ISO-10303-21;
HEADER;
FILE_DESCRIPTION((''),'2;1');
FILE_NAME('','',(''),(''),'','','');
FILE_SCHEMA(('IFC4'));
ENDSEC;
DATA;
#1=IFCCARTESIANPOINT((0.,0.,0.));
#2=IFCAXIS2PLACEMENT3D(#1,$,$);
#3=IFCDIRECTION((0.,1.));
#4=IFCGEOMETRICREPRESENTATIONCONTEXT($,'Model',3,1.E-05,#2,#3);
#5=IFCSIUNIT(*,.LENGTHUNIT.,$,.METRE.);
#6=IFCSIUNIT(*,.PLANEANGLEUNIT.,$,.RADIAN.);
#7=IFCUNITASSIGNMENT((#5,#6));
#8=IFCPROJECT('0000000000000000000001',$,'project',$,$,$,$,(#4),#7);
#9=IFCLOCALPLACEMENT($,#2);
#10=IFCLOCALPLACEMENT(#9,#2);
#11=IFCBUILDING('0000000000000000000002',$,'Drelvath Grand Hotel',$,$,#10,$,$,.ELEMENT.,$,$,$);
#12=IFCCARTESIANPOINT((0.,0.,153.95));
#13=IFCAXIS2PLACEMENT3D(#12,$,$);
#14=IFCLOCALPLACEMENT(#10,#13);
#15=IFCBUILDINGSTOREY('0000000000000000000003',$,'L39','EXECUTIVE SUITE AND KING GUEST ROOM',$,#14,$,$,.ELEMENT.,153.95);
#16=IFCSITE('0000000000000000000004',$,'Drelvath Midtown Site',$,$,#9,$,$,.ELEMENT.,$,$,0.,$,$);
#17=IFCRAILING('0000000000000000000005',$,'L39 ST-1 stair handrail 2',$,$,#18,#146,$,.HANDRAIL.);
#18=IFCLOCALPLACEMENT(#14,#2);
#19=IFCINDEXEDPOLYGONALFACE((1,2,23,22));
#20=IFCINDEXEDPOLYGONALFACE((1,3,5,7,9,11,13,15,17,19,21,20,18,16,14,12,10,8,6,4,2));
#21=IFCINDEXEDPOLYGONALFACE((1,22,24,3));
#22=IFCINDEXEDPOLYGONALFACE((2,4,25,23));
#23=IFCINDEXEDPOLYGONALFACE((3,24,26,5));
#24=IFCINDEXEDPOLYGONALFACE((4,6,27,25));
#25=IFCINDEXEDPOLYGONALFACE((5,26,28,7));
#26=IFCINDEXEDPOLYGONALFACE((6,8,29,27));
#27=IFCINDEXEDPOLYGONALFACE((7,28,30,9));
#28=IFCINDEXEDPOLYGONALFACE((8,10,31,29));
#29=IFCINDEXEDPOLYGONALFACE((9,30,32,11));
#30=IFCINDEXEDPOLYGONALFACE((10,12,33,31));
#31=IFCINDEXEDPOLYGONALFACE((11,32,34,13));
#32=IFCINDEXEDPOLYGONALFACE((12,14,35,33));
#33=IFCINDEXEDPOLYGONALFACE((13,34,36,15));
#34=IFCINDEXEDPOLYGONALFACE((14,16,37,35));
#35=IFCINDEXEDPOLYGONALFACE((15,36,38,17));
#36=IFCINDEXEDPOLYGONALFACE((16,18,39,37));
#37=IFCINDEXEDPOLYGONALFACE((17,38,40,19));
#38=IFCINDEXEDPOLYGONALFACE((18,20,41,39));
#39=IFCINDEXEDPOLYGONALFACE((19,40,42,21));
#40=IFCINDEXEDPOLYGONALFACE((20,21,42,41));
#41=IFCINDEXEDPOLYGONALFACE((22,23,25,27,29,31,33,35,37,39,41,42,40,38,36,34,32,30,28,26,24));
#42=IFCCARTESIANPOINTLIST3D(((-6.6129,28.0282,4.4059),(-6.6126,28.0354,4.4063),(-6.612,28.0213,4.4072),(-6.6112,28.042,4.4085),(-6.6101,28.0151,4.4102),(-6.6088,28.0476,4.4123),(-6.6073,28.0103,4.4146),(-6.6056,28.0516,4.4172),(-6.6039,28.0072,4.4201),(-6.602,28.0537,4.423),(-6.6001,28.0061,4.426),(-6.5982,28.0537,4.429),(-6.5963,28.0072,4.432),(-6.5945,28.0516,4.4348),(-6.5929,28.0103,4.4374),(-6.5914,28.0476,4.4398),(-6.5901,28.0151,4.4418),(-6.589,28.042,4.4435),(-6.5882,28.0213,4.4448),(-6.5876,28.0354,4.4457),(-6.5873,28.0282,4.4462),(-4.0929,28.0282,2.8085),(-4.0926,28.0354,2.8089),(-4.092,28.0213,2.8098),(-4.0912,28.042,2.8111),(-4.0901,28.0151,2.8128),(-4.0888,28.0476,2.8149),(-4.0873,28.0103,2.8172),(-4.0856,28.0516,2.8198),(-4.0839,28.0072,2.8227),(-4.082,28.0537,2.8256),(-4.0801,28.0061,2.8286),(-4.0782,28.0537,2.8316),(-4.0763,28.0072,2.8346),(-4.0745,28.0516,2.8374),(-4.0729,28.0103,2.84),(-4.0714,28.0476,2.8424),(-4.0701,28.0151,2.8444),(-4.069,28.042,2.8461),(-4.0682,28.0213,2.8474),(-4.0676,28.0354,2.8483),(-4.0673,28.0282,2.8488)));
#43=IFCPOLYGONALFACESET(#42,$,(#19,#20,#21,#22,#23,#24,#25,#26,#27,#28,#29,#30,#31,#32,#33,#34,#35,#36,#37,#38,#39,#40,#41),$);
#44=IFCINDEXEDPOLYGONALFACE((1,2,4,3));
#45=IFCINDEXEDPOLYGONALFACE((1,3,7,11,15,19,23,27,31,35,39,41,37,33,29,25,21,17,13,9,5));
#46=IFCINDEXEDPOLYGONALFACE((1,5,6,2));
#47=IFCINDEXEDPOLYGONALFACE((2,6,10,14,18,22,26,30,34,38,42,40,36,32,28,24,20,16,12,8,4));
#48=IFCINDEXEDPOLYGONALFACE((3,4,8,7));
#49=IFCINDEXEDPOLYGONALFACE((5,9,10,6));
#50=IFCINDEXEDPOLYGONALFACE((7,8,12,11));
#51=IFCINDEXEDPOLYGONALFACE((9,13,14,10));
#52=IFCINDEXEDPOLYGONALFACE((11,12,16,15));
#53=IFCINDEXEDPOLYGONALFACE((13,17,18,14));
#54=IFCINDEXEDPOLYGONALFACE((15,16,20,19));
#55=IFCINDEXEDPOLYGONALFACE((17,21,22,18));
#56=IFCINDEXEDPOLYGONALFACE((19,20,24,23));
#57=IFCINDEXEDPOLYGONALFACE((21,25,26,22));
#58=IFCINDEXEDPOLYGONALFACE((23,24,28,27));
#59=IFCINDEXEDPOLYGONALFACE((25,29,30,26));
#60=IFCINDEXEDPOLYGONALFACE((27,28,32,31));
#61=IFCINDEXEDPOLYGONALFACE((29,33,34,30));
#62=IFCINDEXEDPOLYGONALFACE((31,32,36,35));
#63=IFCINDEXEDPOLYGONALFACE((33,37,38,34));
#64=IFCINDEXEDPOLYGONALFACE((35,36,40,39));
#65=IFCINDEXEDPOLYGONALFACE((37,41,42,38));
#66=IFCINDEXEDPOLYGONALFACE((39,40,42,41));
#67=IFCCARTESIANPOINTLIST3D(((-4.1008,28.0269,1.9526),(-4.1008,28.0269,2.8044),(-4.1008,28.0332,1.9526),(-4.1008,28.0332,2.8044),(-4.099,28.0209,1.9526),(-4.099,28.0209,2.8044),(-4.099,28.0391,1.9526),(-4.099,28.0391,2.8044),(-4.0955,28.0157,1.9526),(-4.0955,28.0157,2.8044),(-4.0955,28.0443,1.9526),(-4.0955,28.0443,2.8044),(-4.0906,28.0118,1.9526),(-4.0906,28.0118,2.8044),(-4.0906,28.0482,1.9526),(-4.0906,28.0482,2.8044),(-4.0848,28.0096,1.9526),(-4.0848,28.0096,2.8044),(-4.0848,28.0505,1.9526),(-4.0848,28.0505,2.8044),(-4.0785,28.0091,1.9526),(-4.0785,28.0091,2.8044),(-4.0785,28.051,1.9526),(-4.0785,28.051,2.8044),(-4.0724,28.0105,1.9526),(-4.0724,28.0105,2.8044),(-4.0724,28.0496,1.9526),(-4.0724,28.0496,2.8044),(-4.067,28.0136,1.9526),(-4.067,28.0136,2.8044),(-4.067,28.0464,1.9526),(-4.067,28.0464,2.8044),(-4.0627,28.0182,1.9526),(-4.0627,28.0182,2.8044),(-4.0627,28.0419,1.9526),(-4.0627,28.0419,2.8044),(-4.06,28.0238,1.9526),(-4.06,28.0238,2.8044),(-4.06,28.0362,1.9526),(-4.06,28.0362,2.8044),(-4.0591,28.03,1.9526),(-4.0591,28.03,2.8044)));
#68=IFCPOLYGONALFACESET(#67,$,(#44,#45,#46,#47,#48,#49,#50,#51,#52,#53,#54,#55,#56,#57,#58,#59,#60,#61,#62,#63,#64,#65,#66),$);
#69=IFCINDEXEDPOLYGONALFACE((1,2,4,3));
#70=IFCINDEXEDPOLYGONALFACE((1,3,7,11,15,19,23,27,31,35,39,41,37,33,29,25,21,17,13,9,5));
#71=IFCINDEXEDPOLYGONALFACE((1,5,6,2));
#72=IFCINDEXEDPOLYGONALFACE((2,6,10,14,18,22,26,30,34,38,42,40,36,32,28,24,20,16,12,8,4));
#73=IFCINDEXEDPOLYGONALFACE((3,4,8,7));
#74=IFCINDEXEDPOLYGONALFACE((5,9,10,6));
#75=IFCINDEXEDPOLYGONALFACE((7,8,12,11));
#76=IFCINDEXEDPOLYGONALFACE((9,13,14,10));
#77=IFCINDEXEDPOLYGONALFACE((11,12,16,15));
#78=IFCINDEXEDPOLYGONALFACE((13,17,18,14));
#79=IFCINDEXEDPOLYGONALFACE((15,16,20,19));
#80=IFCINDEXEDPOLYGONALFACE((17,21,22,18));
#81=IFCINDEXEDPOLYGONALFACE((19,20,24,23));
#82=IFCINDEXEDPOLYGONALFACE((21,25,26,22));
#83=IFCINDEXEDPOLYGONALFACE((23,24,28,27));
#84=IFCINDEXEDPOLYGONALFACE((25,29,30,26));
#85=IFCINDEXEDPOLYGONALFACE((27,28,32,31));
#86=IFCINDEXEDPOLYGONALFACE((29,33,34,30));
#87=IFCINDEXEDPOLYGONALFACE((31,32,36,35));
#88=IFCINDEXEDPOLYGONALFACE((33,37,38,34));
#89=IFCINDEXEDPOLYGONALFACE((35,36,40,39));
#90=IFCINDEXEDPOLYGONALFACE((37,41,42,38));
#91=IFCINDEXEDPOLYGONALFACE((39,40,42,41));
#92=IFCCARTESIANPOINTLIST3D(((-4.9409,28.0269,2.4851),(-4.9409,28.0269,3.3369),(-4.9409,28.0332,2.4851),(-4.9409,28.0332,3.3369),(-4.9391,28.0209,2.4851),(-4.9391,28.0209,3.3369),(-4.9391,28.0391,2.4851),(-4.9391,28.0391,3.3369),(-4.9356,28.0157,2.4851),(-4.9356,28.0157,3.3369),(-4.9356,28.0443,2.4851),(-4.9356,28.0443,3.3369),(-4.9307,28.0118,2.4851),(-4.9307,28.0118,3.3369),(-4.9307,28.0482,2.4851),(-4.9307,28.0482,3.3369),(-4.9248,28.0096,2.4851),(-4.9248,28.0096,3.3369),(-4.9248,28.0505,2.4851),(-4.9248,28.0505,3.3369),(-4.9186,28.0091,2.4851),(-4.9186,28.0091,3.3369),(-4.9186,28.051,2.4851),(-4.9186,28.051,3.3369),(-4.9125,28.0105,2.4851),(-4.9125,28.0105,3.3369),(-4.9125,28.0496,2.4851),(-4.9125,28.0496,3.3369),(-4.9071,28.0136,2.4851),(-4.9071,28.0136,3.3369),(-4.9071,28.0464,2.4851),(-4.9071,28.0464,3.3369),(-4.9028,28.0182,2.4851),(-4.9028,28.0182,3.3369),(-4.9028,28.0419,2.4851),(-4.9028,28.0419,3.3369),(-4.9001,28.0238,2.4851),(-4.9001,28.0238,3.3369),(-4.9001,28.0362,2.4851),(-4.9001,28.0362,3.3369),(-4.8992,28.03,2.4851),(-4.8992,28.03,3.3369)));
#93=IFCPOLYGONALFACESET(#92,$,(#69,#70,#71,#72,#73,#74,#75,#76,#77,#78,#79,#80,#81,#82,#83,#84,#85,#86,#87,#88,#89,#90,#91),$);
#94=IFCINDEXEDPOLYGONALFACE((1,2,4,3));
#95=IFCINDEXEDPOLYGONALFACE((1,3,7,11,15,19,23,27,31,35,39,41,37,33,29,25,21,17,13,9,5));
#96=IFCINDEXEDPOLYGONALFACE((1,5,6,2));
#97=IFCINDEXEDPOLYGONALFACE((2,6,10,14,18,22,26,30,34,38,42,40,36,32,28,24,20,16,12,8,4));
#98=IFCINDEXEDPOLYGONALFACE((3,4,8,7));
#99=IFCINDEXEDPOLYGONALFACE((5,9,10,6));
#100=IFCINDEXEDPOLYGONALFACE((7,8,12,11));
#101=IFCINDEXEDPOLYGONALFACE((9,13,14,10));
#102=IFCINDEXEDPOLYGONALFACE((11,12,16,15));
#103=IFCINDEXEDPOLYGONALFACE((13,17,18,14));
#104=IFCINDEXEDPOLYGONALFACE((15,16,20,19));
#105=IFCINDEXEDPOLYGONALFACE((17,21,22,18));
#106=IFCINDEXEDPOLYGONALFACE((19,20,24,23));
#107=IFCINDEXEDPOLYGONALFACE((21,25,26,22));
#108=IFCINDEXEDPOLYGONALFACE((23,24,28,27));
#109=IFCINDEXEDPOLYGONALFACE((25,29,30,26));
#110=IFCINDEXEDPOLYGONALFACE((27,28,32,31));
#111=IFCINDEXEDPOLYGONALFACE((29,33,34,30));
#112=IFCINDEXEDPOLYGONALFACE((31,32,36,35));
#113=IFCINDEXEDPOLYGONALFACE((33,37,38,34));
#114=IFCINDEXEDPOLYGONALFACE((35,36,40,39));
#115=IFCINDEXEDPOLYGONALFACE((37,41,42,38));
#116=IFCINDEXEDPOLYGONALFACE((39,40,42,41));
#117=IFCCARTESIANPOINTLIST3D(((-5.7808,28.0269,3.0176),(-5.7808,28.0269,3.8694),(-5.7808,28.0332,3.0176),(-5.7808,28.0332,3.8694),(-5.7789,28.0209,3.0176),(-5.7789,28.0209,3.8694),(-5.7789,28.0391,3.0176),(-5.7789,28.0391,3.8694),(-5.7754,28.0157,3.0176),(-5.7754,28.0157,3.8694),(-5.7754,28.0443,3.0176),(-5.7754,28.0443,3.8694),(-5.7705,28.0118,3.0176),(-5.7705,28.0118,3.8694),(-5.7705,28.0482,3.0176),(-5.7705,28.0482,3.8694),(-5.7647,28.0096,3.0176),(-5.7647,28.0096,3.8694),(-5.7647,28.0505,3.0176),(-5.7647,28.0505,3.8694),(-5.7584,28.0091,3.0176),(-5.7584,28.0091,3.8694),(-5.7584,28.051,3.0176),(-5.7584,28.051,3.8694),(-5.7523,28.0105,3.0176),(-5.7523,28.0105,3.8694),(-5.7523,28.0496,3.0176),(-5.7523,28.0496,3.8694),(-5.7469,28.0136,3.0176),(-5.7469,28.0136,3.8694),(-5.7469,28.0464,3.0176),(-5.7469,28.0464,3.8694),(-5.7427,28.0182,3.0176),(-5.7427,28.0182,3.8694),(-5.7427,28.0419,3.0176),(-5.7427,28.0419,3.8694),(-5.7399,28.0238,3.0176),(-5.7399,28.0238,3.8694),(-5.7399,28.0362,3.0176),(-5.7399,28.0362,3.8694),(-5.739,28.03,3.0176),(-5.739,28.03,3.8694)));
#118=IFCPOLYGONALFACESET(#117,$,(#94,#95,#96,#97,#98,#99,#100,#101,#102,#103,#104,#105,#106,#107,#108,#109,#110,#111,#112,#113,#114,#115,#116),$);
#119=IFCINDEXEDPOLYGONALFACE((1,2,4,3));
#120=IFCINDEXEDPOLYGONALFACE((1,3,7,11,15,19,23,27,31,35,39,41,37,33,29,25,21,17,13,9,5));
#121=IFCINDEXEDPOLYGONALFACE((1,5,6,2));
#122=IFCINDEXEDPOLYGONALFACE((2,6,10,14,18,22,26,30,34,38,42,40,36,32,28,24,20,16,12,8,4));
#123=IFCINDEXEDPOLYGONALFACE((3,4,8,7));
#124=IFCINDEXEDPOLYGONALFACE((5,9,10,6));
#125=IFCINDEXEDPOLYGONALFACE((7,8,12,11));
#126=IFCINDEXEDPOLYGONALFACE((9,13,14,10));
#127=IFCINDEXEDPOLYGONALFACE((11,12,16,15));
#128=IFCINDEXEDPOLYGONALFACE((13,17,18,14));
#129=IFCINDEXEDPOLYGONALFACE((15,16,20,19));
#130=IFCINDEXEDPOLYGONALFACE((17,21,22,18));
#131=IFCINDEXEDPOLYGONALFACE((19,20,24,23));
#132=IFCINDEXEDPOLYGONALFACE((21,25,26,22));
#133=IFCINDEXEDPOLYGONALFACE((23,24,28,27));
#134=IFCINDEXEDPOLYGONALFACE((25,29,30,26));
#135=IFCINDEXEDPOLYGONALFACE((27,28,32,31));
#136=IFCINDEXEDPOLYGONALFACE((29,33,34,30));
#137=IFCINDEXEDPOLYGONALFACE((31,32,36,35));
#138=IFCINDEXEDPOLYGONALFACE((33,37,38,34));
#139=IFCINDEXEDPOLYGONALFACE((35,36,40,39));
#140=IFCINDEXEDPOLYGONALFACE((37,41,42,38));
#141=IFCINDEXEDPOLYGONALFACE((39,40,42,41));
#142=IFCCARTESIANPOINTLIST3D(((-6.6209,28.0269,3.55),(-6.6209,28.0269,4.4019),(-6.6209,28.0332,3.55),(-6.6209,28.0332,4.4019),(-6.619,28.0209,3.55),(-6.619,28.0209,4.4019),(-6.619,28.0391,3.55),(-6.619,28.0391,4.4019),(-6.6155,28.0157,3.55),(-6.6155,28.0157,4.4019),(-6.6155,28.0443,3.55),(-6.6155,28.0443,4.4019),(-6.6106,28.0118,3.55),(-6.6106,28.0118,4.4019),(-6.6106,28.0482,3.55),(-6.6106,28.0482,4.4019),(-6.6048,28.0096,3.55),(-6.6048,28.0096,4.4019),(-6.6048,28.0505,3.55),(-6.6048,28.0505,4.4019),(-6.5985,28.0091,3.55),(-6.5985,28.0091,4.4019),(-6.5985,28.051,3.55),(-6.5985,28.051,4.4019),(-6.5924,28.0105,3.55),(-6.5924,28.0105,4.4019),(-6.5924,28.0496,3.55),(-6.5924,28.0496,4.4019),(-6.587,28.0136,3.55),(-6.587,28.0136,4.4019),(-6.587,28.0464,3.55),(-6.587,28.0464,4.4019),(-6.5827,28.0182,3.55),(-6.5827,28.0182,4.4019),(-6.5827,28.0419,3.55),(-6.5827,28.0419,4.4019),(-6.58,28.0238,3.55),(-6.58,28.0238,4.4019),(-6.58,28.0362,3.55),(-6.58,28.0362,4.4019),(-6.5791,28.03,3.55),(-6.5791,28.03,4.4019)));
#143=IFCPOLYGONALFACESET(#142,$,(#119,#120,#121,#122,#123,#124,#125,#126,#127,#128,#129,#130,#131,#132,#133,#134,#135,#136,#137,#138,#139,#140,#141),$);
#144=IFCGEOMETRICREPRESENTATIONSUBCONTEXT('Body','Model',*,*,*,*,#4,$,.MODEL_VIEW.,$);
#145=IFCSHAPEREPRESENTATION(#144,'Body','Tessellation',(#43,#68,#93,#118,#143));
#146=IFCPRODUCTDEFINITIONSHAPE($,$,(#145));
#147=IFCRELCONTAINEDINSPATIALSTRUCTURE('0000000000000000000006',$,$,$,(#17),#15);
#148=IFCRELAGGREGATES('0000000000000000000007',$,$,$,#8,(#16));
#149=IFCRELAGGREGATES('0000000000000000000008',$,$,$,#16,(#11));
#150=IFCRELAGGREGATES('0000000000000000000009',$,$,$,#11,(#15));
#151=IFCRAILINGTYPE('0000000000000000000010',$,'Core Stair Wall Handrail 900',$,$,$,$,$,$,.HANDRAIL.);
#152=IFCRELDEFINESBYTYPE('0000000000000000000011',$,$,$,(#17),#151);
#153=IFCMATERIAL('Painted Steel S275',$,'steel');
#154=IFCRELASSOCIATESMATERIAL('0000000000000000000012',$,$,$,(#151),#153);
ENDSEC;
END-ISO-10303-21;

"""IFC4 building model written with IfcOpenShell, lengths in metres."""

from ifc_helpers import new_model, si_unit, direction, frame, origin, origin_2d, place, context, subcontext, project, spatial, circle, extrude, material, type_object, element, save


model = new_model("IFC4")

# Units and contexts
model_context = context("Model", 3, precision=1e-05, world=origin(), true_north=direction((0.0, 1.0)))
body_context = subcontext(model_context, "Body", "Model", "MODEL_VIEW")
ifc_project = project(units=[si_unit("LENGTHUNIT", "METRE"), si_unit("PLANEANGLEUNIT", "RADIAN")], contexts=[model_context])

# Site, building, storey
site_placement = place(None, origin())
site = spatial("IfcSite", under=ifc_project, at=site_placement, Name="Drelvath Midtown Site", CompositionType="ELEMENT", RefElevation=0.0)
building_placement = place(site_placement, origin())
building = spatial("IfcBuilding", under=site, at=building_placement, Name="Drelvath Grand Hotel", CompositionType="ELEMENT")
storey_placement = place(building_placement, frame((0.0, 0.0, 153.95)))
storey = spatial("IfcBuildingStorey", under=building, at=storey_placement, Name="L39", Description="EXECUTIVE SUITE AND KING GUEST ROOM", CompositionType="ELEMENT", Elevation=153.95)

# Shared definitions
ifc_material_1 = material(Name="Painted Steel S275", Category="steel")

# Railing
railing_type = type_object("IfcRailingType", Name="Core Stair Wall Handrail 900", PredefinedType="HANDRAIL", material=ifc_material_1)
railing_placement = place(storey_placement, frame((-4.0801, 28.03, 1.9526)))
element("IfcRailing", 1, at=railing_placement, inside=storey, type_object=railing_type, Name="L39 ST-1 stair handrail 2", PredefinedType="HANDRAIL", context=body_context, shape_type="SweptSolid", body=[
    extrude(circle(Radius=0.0239, at=origin_2d()), frame((0.0, 0.0, 0.876), z_axis=(-0.844607, 0.0, 0.535387), x_axis=(0.0, -1.0, 0.0)), (0.0, 0.0, 1.0), 2.9836),
    extrude(circle(Radius=0.021, at=origin_2d()), origin(), (0.0, 0.0, 1.0), 0.8518),
    extrude(circle(Radius=0.021, at=origin_2d()), frame((-0.8401, 0.0, 0.5325)), (0.0, 0.0, 1.0), 0.8518),
    extrude(circle(Radius=0.021, at=origin_2d()), frame((-1.6799, 0.0, 1.0649)), (0.0, 0.0, 1.0), 0.8518),
    extrude(circle(Radius=0.021, at=origin_2d()), frame((-2.52, 0.0, 1.5974)), (0.0, 0.0, 1.0), 0.8518),
])

save(model, "model.ifc")
